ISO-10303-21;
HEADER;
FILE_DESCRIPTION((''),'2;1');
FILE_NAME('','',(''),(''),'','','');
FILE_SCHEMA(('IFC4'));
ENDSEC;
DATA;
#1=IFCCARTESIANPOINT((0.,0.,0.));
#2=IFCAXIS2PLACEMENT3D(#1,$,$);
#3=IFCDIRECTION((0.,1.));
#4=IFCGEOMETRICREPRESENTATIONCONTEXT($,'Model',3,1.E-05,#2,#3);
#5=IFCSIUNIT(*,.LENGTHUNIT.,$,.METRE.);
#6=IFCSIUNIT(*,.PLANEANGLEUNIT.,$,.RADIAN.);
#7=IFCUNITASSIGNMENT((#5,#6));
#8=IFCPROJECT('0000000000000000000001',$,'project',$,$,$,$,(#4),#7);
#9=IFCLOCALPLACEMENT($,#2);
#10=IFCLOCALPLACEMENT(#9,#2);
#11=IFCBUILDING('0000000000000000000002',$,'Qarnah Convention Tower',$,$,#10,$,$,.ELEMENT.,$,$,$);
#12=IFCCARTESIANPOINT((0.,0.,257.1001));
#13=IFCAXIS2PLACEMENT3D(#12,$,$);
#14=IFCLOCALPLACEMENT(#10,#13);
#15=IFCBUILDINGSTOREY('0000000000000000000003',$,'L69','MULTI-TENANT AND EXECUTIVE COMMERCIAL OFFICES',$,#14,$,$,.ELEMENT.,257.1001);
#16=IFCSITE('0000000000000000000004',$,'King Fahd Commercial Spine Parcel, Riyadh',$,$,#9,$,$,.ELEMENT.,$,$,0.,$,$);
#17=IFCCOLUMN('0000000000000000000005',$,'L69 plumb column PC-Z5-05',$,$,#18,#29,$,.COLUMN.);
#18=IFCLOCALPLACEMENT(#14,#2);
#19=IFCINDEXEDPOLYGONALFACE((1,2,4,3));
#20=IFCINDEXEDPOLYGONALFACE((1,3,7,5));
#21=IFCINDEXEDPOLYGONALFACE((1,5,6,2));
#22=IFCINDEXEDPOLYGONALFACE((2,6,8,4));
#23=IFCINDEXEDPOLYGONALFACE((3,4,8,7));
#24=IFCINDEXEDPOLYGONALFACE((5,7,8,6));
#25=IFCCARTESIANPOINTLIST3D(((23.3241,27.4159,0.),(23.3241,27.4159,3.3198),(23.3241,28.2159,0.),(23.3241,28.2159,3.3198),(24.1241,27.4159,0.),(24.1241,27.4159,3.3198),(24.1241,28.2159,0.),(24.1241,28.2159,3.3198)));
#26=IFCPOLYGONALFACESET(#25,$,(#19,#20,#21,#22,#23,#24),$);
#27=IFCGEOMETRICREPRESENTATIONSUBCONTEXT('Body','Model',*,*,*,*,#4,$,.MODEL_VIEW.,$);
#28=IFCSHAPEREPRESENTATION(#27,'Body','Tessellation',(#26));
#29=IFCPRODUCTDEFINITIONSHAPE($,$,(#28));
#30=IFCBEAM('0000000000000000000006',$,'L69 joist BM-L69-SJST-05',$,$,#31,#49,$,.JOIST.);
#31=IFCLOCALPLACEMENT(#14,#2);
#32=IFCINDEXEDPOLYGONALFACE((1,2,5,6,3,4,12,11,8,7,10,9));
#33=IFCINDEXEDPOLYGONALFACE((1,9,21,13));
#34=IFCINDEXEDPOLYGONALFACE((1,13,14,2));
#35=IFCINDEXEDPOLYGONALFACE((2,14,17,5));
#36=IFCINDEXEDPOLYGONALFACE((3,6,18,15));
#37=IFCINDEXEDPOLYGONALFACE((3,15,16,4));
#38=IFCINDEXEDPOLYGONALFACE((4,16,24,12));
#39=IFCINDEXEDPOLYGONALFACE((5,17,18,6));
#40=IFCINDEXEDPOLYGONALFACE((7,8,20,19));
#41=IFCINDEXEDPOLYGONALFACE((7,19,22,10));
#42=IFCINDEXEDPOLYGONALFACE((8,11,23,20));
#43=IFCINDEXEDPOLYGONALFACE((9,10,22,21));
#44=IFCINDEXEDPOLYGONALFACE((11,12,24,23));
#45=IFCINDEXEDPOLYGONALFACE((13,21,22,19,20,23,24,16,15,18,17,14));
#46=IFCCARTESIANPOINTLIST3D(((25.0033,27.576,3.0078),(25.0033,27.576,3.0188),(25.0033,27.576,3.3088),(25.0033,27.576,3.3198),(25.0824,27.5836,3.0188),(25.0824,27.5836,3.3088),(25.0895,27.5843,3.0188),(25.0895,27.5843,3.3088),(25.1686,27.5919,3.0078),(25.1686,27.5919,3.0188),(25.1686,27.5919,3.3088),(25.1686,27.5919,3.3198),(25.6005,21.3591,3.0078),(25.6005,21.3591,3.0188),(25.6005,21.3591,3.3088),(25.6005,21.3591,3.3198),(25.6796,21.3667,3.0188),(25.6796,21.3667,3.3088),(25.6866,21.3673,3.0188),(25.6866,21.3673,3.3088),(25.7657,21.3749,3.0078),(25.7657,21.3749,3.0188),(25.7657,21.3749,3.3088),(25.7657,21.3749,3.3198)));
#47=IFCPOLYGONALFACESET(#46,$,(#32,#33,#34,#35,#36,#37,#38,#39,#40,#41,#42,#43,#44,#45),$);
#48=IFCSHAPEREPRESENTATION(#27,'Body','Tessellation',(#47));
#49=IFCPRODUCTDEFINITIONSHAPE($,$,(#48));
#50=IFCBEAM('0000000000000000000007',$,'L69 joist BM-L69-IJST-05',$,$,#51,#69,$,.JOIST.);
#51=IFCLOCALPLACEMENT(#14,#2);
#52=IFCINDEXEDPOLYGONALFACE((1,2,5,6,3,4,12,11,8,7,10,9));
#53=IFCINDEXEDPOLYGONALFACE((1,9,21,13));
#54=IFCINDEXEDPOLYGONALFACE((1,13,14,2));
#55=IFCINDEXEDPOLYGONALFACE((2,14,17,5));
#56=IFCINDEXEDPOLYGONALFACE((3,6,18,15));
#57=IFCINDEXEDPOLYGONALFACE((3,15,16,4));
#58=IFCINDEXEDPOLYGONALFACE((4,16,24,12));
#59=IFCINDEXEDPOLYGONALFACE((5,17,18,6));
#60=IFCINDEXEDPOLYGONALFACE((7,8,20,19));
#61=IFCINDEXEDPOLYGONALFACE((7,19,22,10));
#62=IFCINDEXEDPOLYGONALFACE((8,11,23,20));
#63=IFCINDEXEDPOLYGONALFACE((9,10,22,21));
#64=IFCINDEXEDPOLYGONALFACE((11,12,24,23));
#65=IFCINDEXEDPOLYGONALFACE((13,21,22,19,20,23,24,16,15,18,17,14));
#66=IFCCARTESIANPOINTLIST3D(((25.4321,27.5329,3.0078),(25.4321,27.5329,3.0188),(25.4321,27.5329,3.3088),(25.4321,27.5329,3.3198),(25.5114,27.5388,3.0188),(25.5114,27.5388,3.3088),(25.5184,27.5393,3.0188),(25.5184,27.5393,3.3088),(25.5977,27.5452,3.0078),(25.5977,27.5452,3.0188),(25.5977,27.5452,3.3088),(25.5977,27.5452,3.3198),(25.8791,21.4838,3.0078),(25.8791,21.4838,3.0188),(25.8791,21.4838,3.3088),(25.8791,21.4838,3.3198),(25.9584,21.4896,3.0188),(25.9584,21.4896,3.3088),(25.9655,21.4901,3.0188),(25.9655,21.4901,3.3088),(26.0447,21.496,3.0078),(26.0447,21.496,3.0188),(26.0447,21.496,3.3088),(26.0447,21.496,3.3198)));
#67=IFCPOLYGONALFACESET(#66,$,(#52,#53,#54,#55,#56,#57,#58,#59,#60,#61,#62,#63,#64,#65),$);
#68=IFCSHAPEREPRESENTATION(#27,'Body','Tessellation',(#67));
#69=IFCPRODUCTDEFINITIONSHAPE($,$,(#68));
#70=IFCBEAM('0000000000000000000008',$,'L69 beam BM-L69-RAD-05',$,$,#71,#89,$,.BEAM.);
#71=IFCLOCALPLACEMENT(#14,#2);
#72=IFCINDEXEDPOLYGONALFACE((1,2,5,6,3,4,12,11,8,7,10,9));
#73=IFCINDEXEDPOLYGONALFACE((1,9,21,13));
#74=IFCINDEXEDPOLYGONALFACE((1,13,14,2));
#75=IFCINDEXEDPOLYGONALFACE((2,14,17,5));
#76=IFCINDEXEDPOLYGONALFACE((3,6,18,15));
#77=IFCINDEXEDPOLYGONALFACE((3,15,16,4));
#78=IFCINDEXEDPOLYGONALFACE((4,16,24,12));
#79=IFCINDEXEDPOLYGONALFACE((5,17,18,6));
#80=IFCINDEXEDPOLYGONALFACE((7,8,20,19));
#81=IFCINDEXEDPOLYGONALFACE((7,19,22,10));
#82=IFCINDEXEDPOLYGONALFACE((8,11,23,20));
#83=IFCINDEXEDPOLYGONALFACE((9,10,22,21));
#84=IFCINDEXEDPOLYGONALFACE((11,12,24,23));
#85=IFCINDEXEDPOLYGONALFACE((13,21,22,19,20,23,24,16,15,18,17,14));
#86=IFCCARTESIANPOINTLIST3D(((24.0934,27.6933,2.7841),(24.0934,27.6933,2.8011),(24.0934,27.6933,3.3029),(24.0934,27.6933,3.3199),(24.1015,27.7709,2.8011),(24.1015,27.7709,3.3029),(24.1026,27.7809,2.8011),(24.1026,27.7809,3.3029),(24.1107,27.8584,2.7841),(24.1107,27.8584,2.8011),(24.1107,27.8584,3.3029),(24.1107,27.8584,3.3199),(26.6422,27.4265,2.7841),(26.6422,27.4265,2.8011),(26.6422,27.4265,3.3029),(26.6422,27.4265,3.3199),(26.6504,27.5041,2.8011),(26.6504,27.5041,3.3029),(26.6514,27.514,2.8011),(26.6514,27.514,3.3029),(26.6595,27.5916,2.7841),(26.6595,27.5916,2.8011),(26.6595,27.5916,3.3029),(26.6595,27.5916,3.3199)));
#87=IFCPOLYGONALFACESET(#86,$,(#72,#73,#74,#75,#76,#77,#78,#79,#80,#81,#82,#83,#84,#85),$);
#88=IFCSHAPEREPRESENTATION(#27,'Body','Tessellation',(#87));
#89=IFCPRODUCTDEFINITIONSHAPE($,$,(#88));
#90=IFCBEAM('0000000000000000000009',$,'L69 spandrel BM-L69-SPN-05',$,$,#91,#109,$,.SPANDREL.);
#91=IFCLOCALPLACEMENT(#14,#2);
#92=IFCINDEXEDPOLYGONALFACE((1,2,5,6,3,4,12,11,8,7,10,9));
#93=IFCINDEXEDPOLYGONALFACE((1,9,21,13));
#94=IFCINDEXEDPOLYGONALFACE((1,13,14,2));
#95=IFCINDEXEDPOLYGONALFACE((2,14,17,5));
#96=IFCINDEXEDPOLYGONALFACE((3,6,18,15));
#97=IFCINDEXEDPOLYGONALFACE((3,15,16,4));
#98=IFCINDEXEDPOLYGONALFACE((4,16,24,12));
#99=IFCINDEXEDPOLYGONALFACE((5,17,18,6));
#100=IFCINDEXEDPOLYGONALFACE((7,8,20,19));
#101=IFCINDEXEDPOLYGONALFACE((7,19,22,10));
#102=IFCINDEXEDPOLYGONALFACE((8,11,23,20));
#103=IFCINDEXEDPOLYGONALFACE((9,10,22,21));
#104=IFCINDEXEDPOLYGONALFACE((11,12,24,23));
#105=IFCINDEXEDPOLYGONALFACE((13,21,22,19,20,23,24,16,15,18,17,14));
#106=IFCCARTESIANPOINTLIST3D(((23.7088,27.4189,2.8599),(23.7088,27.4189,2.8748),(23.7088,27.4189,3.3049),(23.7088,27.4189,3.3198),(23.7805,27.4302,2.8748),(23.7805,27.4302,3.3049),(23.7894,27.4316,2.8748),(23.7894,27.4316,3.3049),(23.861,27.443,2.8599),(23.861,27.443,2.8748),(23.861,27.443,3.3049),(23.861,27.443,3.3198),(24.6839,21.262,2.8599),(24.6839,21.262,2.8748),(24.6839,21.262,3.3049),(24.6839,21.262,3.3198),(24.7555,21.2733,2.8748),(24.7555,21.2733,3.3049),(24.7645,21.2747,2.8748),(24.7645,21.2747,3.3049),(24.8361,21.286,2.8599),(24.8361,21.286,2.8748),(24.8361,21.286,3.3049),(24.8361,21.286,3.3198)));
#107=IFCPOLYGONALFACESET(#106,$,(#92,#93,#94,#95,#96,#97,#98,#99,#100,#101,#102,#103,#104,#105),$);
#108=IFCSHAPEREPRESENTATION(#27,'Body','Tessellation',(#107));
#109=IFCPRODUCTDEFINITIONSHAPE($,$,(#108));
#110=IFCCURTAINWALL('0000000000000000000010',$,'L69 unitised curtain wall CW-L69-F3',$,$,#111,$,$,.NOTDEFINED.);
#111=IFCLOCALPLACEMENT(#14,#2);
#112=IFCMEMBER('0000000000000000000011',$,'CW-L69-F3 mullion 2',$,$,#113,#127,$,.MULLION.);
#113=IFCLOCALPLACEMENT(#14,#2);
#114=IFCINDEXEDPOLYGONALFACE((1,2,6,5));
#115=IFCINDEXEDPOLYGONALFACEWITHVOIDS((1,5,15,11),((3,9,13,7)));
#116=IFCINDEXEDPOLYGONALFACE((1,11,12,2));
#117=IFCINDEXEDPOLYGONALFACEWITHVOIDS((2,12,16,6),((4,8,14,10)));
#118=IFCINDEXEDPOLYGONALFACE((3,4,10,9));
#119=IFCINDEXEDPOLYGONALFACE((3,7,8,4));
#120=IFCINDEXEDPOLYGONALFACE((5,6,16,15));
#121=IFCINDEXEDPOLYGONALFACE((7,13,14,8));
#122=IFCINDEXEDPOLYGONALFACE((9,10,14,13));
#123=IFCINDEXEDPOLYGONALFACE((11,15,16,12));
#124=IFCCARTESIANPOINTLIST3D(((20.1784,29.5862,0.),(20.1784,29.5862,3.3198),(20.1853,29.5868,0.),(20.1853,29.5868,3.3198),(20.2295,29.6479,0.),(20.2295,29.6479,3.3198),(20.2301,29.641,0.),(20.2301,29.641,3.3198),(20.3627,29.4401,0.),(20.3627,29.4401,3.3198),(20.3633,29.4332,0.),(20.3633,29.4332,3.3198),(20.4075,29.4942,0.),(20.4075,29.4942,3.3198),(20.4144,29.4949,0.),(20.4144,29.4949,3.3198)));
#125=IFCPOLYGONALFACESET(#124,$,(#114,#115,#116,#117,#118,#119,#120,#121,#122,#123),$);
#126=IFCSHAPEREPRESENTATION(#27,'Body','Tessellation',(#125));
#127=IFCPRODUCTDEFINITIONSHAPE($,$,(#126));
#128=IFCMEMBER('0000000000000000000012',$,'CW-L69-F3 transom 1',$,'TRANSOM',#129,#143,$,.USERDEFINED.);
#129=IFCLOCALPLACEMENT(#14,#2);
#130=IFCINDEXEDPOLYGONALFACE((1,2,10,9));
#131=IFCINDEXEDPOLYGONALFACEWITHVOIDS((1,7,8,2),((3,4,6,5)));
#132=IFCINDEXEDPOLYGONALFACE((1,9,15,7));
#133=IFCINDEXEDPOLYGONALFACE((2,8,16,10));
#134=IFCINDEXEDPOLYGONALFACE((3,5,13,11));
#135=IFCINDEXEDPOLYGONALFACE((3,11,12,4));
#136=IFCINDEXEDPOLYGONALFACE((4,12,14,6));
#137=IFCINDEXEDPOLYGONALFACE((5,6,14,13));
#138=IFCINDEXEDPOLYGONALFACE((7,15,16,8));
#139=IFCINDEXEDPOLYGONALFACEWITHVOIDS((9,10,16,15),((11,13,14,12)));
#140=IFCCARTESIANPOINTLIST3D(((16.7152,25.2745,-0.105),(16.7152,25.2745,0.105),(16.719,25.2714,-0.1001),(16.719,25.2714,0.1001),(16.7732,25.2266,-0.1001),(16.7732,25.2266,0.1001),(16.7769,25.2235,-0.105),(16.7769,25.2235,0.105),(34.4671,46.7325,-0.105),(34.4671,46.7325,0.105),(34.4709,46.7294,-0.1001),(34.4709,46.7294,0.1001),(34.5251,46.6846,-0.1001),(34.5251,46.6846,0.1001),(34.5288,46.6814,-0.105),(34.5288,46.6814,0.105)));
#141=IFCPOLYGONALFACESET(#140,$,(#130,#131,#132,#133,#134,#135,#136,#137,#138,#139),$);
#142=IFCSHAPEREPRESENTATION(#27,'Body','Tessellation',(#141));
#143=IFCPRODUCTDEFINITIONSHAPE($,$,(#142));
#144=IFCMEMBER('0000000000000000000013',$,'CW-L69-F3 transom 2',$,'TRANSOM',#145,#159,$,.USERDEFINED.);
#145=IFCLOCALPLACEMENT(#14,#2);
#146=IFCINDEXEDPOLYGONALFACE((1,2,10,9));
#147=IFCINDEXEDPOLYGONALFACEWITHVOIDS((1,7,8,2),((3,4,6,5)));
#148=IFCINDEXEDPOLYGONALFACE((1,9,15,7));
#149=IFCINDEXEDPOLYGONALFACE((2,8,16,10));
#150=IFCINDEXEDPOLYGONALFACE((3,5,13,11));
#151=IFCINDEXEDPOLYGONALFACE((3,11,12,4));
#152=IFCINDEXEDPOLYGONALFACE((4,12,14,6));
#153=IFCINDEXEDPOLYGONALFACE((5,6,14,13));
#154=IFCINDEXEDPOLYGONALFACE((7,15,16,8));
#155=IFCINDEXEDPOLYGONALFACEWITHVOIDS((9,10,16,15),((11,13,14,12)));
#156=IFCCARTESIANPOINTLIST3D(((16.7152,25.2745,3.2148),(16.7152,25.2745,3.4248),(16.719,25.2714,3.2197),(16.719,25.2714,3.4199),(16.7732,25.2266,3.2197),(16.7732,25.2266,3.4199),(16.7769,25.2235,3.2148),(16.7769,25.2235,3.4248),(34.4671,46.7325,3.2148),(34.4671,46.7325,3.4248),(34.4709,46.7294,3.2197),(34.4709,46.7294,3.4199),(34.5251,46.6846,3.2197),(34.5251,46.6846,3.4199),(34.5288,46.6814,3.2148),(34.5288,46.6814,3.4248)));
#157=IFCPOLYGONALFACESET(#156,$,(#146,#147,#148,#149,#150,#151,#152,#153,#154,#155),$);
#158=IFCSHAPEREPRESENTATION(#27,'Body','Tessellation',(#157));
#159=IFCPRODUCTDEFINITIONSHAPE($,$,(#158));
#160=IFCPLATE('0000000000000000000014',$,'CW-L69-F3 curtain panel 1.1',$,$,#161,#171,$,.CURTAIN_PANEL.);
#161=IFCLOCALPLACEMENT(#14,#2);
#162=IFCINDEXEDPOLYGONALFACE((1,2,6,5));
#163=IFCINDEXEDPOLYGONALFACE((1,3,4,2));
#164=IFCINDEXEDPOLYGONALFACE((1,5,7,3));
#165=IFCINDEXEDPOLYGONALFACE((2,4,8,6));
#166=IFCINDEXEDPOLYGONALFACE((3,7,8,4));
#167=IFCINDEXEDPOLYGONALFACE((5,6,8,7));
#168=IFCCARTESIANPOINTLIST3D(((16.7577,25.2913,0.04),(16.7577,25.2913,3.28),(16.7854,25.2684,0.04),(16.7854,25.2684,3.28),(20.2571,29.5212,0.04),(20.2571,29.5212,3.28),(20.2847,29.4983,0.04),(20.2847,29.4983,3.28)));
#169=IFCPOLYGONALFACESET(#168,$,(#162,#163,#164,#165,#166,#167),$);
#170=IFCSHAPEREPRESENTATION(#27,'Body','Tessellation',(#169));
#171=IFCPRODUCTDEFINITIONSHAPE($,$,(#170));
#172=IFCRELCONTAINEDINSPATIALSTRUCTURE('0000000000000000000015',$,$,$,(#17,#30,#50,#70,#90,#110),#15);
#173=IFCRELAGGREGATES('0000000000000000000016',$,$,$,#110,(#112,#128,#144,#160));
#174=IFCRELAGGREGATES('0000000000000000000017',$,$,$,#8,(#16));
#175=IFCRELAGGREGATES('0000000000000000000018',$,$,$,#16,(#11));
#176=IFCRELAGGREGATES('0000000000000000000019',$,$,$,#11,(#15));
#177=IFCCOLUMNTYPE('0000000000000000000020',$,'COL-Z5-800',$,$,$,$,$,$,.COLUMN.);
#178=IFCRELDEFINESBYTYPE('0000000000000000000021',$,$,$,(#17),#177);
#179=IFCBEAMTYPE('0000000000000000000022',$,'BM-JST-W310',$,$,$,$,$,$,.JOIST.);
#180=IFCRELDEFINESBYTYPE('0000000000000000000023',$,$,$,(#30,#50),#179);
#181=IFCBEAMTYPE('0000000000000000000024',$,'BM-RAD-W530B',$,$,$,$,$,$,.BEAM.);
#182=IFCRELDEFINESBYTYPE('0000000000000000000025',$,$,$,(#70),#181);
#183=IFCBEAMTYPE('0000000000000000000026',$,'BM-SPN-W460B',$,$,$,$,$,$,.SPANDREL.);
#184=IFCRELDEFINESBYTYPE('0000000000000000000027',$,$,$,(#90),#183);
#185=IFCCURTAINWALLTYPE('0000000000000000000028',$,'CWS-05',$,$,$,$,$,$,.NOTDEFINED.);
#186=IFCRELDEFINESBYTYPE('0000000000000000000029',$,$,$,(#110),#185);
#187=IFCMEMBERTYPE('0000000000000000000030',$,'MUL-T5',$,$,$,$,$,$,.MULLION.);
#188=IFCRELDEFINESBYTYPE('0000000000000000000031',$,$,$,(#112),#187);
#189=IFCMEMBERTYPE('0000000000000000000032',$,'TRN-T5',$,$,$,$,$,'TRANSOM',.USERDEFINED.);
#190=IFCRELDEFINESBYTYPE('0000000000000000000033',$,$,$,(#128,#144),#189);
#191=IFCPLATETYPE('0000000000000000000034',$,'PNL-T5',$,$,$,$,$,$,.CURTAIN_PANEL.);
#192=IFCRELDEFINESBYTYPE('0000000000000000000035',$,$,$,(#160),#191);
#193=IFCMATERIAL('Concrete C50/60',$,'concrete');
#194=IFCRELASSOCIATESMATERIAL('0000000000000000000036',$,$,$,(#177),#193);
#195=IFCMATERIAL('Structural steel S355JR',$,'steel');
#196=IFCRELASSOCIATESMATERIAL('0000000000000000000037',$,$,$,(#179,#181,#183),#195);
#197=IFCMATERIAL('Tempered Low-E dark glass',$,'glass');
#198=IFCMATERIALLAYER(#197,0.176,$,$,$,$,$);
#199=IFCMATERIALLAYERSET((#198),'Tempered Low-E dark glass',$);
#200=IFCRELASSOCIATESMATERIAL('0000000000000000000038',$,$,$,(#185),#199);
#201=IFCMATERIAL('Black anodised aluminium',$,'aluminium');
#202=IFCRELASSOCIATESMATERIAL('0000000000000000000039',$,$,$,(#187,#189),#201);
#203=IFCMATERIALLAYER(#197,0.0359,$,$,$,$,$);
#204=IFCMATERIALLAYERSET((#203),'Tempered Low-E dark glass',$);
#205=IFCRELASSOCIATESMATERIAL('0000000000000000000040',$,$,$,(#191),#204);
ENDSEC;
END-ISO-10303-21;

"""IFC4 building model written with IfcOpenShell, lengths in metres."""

from ifc_helpers import new_model, si_unit, direction, frame, origin, origin_2d, place, context, subcontext, project, spatial, rectangle, hollow_rectangle, i_section, extrude, material, layer, layer_set, material_profile, profile_set, type_object, element, aggregate, save


model = new_model("IFC4")

# Units and contexts
model_context = context("Model", 3, precision=1e-05, world=origin(), true_north=direction((0.0, 1.0)))
body_context = subcontext(model_context, "Body", "Model", "MODEL_VIEW")
ifc_project = project(units=[si_unit("LENGTHUNIT", "METRE"), si_unit("PLANEANGLEUNIT", "RADIAN")], contexts=[model_context])

# Site, building, storey
site_placement = place(None, origin())
site = spatial("IfcSite", under=ifc_project, at=site_placement, Name="King Fahd Commercial Spine Parcel, Riyadh", CompositionType="ELEMENT", RefElevation=0.0)
building_placement = place(site_placement, origin())
building = spatial("IfcBuilding", under=site, at=building_placement, Name="Qarnah Convention Tower", CompositionType="ELEMENT")
storey_placement = place(building_placement, frame((0.0, 0.0, 257.1001)))
storey = spatial("IfcBuildingStorey", under=building, at=storey_placement, Name="L69", Description="MULTI-TENANT AND EXECUTIVE COMMERCIAL OFFICES", CompositionType="ELEMENT", Elevation=257.1001)

# Column
ifc_material_1 = material(Name="Concrete C50/60", Category="concrete")
ifc_material_profile_1 = material_profile(ifc_material_1, rectangle(XDim=0.8, YDim=0.8, at=origin_2d()), Name="RC-COL-800X800")
ifc_profile_set_1 = profile_set([ifc_material_profile_1], Name="Concrete C50/60")
column_type = type_object("IfcColumnType", Name="COL-Z5-800", PredefinedType="COLUMN", material=ifc_profile_set_1)
column_placement = place(storey_placement, frame((23.7241, 27.8159, 0.0), z_axis=(0.0, 0.0, 1.0), x_axis=(1.0, 0.0, 0.0)))
element("IfcColumn", 1, at=column_placement, inside=storey, type_object=column_type, Name="L69 plumb column PC-Z5-05", PredefinedType="COLUMN", context=body_context, shape_type="SweptSolid", body=[
    extrude(rectangle(XDim=0.8, YDim=0.8, at=origin_2d()), origin(), (0.0, 0.0, 1.0), 3.3198),
])

# Beams
ifc_material_2 = material(Name="Structural steel S355JR", Category="steel")
ifc_material_profile_2 = material_profile(ifc_material_2, i_section(OverallWidth=0.166, OverallDepth=0.312, WebThickness=0.0071, FlangeThickness=0.011, at=origin_2d()), Name="W310X45")
ifc_profile_set_2 = profile_set([ifc_material_profile_2], Name="Structural steel S355JR")
beam_type_1 = type_object("IfcBeamType", Name="BM-JST-W310", PredefinedType="JOIST", material=ifc_profile_set_2)
beam_1_placement = place(storey_placement, frame((25.0859, 27.584, 3.1638), z_axis=(0.095613, -0.995419, 0.0), x_axis=(0.995419, 0.095613, 0.0)))
element("IfcBeam", 2, at=beam_1_placement, inside=storey, type_object=beam_type_1, Name="L69 joist BM-L69-SJST-05", PredefinedType="JOIST", context=body_context, shape_type="SweptSolid", body=[
    extrude(i_section(OverallWidth=0.166, OverallDepth=0.312, WebThickness=0.0071, FlangeThickness=0.011, at=origin_2d()), origin(), (0.0, 0.0, 1.0), 6.2456),
])
beam_2_placement = place(storey_placement, frame((25.5149, 27.5391, 3.1638), z_axis=(0.073698, -0.997281, 0.0), x_axis=(0.997281, 0.073698, 0.0)))
element("IfcBeam", 3, at=beam_2_placement, inside=storey, type_object=beam_type_1, Name="L69 joist BM-L69-IJST-05", PredefinedType="JOIST", context=body_context, shape_type="SweptSolid", body=[
    extrude(i_section(OverallWidth=0.166, OverallDepth=0.312, WebThickness=0.0071, FlangeThickness=0.011, at=origin_2d()), origin(), (0.0, 0.0, 1.0), 6.0657),
])
ifc_material_profile_3 = material_profile(ifc_material_2, i_section(OverallWidth=0.166, OverallDepth=0.5359, WebThickness=0.01, FlangeThickness=0.0171, at=origin_2d()), Name="W530X85")
ifc_profile_set_3 = profile_set([ifc_material_profile_3], Name="Structural steel S355JR")
beam_type_2 = type_object("IfcBeamType", Name="BM-RAD-W530B", PredefinedType="BEAM", material=ifc_profile_set_3)
beam_3_placement = place(storey_placement, frame((26.6509, 27.509, 3.052), z_axis=(-0.994564, 0.104124, 0.0), x_axis=(-0.104124, -0.994564, 0.0)))
element("IfcBeam", 4, at=beam_3_placement, inside=storey, type_object=beam_type_2, Name="L69 beam BM-L69-RAD-05", PredefinedType="BEAM", context=body_context, shape_type="SweptSolid", body=[
    extrude(i_section(OverallWidth=0.166, OverallDepth=0.5359, WebThickness=0.01, FlangeThickness=0.0171, at=origin_2d()), origin(), (0.0, 0.0, 1.0), 2.5627),
])
ifc_material_profile_4 = material_profile(ifc_material_2, i_section(OverallWidth=0.1541, OverallDepth=0.46, WebThickness=0.009, FlangeThickness=0.0149, at=origin_2d()), Name="W460X68")
ifc_profile_set_4 = profile_set([ifc_material_profile_4], Name="Structural steel S355JR")
beam_type_3 = type_object("IfcBeamType", Name="BM-SPN-W460B", PredefinedType="SPANDREL", material=ifc_profile_set_4)
beam_4_placement = place(storey_placement, frame((23.7849, 27.4309, 3.0898), z_axis=(0.156423, -0.98769, 0.0), x_axis=(0.98769, 0.156423, 0.0)))
element("IfcBeam", 5, at=beam_4_placement, inside=storey, type_object=beam_type_3, Name="L69 spandrel BM-L69-SPN-05", PredefinedType="SPANDREL", context=body_context, shape_type="SweptSolid", body=[
    extrude(i_section(OverallWidth=0.1541, OverallDepth=0.46, WebThickness=0.009, FlangeThickness=0.0149, at=origin_2d()), origin(), (0.0, 0.0, 1.0), 6.2336),
])

# Curtain wall, members, plate
ifc_material_3 = material(Name="Tempered Low-E dark glass", Category="glass")
ifc_layer_1 = layer(ifc_material_3, 0.176)
ifc_layer_set_1 = layer_set([ifc_layer_1], Name="Tempered Low-E dark glass")
curtain_wall_type = type_object("IfcCurtainWallType", Name="CWS-05", PredefinedType="NOTDEFINED", material=ifc_layer_set_1)
curtain_wall_placement = place(storey_placement, origin())
curtain_wall = element("IfcCurtainWall", 6, at=curtain_wall_placement, inside=storey, type_object=curtain_wall_type, Name="L69 unitised curtain wall CW-L69-F3", PredefinedType="NOTDEFINED")
ifc_material_4 = material(Name="Black anodised aluminium", Category="aluminium")
ifc_material_profile_5 = material_profile(ifc_material_4, hollow_rectangle(XDim=0.0801, YDim=0.24, WallThickness=0.0049, at=origin_2d()), Name="MUL-80X240")
ifc_profile_set_5 = profile_set([ifc_material_profile_5], Name="Black anodised aluminium")
member_type_1 = type_object("IfcMemberType", Name="MUL-T5", PredefinedType="MULLION", material=ifc_profile_set_5)
member_1_placement = place(storey_placement, frame((20.2964, 29.5405, 0.0), z_axis=(0.0, 0.0, 1.0), x_axis=(0.637432, 0.770506, 0.0)))
member_1 = element("IfcMember", 7, at=member_1_placement, type_object=member_type_1, Name="CW-L69-F3 mullion 2", PredefinedType="MULLION", context=body_context, shape_type="SweptSolid", body=[
    extrude(hollow_rectangle(XDim=0.0801, YDim=0.24, WallThickness=0.0049, at=origin_2d()), origin(), (0.0, 0.0, 1.0), 3.3198),
])
ifc_material_profile_6 = material_profile(ifc_material_4, hollow_rectangle(XDim=0.0801, YDim=0.21, WallThickness=0.0049, at=origin_2d()), Name="TRN-80X210")
ifc_profile_set_6 = profile_set([ifc_material_profile_6], Name="Black anodised aluminium")
member_type_2 = type_object("IfcMemberType", Name="TRN-T5", ElementType="TRANSOM", PredefinedType="USERDEFINED", material=ifc_profile_set_6)
member_2_placement = place(storey_placement, frame((16.7461, 25.249, 0.0), z_axis=(0.637431, 0.770507, 0.0), x_axis=(-0.770507, 0.637431, 0.0)))
member_2 = element("IfcMember", 8, at=member_2_placement, type_object=member_type_2, Name="CW-L69-F3 transom 1", ObjectType="TRANSOM", PredefinedType="USERDEFINED", context=body_context, shape_type="SweptSolid", body=[
    extrude(hollow_rectangle(XDim=0.0801, YDim=0.21, WallThickness=0.0049, at=origin_2d()), origin(), (0.0, 0.0, 1.0), 27.8491),
])
member_3_placement = place(storey_placement, frame((16.7461, 25.249, 3.3198), z_axis=(0.637431, 0.770507, 0.0), x_axis=(-0.770507, 0.637431, 0.0)))
member_3 = element("IfcMember", 9, at=member_3_placement, type_object=member_type_2, Name="CW-L69-F3 transom 2", ObjectType="TRANSOM", PredefinedType="USERDEFINED", context=body_context, shape_type="SweptSolid", body=[
    extrude(hollow_rectangle(XDim=0.0801, YDim=0.21, WallThickness=0.0049, at=origin_2d()), origin(), (0.0, 0.0, 1.0), 27.8491),
])
ifc_layer_2 = layer(ifc_material_3, 0.0359)
ifc_layer_set_2 = layer_set([ifc_layer_2], Name="Tempered Low-E dark glass")
plate_type = type_object("IfcPlateType", Name="PNL-T5", PredefinedType="CURTAIN_PANEL", material=ifc_layer_set_2)
plate_placement = place(storey_placement, frame((18.5212, 27.3948, 0.04), z_axis=(0.0, 0.0, 1.0), x_axis=(0.637432, 0.770506, 0.0)))
plate = element("IfcPlate", 10, at=plate_placement, type_object=plate_type, Name="CW-L69-F3 curtain panel 1.1", PredefinedType="CURTAIN_PANEL", context=body_context, shape_type="SweptSolid", body=[
    extrude(rectangle(XDim=5.4897, YDim=0.0359, at=origin_2d()), origin(), (0.0, 0.0, 1.0), 3.24),
])
aggregate(curtain_wall, [member_1, member_2, member_3, plate])

save(model, "model.ifc")
